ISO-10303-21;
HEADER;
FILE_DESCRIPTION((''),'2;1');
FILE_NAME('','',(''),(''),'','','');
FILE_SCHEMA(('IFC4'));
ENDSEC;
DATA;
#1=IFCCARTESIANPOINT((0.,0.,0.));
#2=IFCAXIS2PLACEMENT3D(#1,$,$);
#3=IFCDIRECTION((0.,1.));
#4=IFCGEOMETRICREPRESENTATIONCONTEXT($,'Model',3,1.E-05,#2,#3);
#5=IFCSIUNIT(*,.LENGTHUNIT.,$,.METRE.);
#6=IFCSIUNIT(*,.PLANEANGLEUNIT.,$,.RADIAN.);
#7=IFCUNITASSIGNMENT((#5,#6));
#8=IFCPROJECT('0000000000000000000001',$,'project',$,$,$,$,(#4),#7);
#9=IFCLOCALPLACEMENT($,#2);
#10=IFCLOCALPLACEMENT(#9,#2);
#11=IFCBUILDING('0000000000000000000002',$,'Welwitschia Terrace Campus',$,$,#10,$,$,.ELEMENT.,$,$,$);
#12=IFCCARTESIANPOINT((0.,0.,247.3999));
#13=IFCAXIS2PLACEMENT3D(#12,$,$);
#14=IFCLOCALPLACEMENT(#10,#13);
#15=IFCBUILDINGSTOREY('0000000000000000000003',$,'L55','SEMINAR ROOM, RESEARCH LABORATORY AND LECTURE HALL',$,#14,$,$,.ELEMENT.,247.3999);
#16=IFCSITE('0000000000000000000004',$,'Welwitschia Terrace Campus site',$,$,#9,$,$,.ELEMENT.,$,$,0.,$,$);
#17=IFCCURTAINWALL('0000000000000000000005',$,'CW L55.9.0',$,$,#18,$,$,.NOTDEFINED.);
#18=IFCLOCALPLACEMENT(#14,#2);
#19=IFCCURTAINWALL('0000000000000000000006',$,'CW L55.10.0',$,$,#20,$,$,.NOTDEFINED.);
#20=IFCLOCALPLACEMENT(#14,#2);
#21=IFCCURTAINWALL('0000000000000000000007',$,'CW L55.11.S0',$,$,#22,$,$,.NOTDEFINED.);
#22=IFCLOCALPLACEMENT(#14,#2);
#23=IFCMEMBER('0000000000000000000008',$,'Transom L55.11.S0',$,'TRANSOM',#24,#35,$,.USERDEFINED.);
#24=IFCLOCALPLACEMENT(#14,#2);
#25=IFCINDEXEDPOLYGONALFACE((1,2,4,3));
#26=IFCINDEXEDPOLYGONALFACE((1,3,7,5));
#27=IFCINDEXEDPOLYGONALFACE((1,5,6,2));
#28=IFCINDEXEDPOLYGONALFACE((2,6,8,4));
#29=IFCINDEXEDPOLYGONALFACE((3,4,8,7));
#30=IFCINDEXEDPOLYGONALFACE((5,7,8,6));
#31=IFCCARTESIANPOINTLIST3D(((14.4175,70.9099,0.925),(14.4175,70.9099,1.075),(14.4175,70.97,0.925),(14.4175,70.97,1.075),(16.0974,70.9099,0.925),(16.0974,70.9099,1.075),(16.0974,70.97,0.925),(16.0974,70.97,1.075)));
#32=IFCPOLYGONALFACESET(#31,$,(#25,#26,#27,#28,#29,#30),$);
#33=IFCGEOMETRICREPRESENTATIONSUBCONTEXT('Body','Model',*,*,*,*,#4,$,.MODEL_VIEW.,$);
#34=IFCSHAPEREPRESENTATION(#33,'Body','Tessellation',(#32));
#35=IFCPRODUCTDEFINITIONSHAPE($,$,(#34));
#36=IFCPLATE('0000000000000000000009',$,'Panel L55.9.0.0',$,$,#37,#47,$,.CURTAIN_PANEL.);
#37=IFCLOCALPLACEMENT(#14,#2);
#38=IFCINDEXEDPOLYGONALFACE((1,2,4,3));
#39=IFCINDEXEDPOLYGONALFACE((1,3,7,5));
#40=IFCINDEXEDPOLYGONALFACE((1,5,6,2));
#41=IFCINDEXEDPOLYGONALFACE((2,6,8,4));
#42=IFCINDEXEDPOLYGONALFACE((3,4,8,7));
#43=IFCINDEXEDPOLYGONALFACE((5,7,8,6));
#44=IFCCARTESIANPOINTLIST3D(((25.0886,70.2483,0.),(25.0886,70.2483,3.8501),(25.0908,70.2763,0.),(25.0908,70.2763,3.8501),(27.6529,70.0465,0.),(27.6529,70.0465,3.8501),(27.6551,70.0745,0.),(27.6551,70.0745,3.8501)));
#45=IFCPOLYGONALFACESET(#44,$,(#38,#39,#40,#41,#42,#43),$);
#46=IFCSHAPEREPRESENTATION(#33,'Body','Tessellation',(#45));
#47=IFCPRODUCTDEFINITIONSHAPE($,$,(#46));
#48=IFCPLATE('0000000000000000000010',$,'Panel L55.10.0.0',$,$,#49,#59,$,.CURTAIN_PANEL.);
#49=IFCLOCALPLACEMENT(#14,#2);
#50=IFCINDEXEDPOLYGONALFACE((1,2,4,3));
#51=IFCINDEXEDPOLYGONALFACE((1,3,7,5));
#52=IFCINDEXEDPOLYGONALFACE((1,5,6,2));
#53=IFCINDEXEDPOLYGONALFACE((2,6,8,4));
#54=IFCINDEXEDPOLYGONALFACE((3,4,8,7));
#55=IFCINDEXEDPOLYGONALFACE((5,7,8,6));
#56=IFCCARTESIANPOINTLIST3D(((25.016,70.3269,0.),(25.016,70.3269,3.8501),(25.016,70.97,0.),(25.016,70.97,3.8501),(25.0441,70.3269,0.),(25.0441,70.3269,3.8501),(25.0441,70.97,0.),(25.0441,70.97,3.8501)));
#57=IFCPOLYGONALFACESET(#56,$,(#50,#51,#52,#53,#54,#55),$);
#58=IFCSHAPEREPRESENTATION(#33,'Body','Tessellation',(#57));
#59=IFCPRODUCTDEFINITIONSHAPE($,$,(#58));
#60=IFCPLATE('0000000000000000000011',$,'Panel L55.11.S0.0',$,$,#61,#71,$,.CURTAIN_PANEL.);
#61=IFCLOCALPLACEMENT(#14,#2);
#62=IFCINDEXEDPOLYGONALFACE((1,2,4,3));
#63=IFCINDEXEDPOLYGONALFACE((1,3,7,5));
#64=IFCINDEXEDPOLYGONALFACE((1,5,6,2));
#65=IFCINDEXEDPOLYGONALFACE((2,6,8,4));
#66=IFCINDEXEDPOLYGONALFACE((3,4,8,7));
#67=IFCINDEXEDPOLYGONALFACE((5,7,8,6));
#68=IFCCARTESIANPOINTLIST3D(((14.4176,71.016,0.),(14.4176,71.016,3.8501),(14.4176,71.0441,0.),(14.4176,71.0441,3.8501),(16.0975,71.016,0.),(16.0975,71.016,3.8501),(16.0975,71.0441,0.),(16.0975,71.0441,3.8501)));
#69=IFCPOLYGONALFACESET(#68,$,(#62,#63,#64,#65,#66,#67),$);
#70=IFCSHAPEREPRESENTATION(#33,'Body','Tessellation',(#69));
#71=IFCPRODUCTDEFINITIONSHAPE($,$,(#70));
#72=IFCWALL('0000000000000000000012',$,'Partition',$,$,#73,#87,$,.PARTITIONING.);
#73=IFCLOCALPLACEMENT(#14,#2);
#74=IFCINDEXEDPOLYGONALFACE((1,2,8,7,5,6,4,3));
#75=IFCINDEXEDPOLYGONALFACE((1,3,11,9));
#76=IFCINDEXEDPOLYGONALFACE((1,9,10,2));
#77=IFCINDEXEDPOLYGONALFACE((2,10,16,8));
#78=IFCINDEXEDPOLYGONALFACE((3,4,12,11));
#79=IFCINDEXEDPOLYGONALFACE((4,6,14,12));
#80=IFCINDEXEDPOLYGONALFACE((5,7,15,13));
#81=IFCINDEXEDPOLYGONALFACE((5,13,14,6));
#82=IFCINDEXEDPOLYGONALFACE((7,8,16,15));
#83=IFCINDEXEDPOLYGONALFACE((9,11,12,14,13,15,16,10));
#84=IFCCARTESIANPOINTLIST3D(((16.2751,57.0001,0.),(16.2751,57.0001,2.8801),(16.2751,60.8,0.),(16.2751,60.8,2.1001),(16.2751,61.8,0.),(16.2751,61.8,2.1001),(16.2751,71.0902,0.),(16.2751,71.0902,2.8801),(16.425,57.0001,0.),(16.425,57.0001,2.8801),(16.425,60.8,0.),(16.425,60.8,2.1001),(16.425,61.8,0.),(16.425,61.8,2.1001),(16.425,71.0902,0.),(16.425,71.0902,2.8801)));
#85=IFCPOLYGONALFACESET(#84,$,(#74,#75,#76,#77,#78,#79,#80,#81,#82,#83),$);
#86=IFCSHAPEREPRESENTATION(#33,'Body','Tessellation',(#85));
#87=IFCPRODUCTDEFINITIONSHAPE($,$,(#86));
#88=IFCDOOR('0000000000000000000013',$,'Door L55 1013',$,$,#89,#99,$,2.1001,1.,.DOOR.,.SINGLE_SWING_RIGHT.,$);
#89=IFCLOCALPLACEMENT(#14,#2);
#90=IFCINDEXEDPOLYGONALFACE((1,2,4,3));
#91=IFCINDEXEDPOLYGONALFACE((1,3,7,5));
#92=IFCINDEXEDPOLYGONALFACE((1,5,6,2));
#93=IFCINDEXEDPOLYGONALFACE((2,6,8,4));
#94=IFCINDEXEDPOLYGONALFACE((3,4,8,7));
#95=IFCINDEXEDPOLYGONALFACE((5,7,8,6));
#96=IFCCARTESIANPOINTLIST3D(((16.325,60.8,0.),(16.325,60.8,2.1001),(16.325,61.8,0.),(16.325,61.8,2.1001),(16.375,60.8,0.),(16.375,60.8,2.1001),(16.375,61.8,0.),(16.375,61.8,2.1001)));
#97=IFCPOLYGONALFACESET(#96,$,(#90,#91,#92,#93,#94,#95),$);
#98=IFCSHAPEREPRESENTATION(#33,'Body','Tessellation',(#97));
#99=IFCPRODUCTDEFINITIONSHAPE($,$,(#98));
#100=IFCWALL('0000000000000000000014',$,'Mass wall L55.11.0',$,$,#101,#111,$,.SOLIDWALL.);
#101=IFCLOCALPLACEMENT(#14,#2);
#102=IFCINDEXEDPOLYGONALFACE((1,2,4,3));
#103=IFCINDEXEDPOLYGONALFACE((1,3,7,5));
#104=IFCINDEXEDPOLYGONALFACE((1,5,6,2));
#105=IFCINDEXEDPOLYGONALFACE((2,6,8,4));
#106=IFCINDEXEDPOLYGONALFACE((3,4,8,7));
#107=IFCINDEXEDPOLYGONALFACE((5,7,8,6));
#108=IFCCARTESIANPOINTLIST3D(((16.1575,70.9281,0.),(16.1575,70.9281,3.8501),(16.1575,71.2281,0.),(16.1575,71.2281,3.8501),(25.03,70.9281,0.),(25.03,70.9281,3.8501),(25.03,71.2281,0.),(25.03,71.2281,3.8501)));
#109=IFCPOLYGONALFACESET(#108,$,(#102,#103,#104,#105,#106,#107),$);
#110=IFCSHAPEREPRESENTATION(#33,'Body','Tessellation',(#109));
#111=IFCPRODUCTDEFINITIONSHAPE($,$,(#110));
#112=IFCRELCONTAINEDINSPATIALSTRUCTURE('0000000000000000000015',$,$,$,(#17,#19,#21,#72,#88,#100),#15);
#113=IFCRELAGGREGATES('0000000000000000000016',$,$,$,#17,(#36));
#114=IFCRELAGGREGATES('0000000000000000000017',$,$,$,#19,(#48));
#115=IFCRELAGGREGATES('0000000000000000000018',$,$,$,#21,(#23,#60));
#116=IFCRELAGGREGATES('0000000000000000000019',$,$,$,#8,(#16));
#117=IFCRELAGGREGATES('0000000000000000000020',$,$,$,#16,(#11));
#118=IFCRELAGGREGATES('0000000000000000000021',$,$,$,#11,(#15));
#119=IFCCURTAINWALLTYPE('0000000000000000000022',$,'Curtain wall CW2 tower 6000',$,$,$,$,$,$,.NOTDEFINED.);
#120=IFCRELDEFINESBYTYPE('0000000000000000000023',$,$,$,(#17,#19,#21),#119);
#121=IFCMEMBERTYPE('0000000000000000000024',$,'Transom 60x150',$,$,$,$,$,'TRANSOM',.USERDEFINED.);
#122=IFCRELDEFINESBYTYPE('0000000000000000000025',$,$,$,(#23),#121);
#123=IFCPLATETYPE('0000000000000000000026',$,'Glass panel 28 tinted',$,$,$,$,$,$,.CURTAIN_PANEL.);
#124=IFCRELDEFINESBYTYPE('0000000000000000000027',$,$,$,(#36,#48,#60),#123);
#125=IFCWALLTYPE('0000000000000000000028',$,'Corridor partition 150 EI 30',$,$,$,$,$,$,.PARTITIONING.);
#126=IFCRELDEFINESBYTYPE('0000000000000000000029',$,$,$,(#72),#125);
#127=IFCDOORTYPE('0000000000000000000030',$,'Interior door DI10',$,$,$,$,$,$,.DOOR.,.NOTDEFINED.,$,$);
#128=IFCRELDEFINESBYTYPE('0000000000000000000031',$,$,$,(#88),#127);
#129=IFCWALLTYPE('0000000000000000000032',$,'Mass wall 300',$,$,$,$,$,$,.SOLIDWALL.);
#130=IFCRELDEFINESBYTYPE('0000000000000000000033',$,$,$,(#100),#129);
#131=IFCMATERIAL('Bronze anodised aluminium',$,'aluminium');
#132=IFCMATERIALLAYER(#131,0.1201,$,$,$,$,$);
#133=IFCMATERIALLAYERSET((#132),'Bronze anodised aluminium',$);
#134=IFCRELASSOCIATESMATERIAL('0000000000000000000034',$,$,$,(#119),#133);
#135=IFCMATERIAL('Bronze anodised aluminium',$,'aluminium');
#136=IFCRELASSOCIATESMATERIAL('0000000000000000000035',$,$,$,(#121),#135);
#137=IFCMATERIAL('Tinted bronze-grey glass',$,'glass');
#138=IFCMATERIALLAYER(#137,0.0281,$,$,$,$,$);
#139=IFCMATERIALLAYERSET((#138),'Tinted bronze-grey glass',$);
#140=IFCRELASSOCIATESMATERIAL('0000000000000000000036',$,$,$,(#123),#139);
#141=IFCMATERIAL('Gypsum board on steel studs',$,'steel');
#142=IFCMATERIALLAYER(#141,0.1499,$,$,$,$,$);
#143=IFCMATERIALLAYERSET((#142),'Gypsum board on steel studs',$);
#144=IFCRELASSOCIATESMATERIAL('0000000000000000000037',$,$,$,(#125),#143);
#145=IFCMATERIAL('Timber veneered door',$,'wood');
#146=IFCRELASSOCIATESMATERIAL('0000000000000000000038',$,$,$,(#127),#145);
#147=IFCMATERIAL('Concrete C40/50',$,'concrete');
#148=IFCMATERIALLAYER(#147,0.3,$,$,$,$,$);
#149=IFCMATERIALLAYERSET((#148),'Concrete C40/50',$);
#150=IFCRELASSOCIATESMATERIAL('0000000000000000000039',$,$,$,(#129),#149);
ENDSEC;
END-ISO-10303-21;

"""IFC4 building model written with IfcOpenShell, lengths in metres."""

from ifc_helpers import new_model, si_unit, direction, frame, frame_2d, origin, origin_2d, place, context, subcontext, project, spatial, rectangle, extrude, material, layer, layer_set, material_profile, profile_set, type_object, element, fill, aggregate, save


model = new_model("IFC4")

# Units and contexts
model_context = context("Model", 3, precision=1e-05, world=origin(), true_north=direction((0.0, 1.0)))
body_context = subcontext(model_context, "Body", "Model", "MODEL_VIEW")
ifc_project = project(units=[si_unit("LENGTHUNIT", "METRE"), si_unit("PLANEANGLEUNIT", "RADIAN")], contexts=[model_context])

# Site, building, storey
site_placement = place(None, origin())
site = spatial("IfcSite", under=ifc_project, at=site_placement, Name="Welwitschia Terrace Campus site", CompositionType="ELEMENT", RefElevation=0.0)
building_placement = place(site_placement, origin())
building = spatial("IfcBuilding", under=site, at=building_placement, Name="Welwitschia Terrace Campus", CompositionType="ELEMENT")
storey_placement = place(building_placement, frame((0.0, 0.0, 247.3999)))
storey = spatial("IfcBuildingStorey", under=building, at=storey_placement, Name="L55", Description="SEMINAR ROOM, RESEARCH LABORATORY AND LECTURE HALL", CompositionType="ELEMENT", Elevation=247.3999)

# Shared definitions
ifc_material_1 = material(Name="Bronze anodised aluminium", Category="aluminium")
ifc_layer_1 = layer(ifc_material_1, 0.1201)
ifc_layer_set_1 = layer_set([ifc_layer_1], Name="Bronze anodised aluminium")
curtain_wall_type = type_object("IfcCurtainWallType", Name="Curtain wall CW2 tower 6000", PredefinedType="NOTDEFINED", material=ifc_layer_set_1)

# Curtain walls
curtain_wall_1_placement = place(storey_placement, origin())
curtain_wall_1 = element("IfcCurtainWall", 1, at=curtain_wall_1_placement, inside=storey, type_object=curtain_wall_type, Name="CW L55.9.0", PredefinedType="NOTDEFINED")
curtain_wall_2_placement = place(storey_placement, origin())
curtain_wall_2 = element("IfcCurtainWall", 2, at=curtain_wall_2_placement, inside=storey, type_object=curtain_wall_type, Name="CW L55.10.0", PredefinedType="NOTDEFINED")
curtain_wall_3_placement = place(storey_placement, origin())
curtain_wall_3 = element("IfcCurtainWall", 3, at=curtain_wall_3_placement, inside=storey, type_object=curtain_wall_type, Name="CW L55.11.S0", PredefinedType="NOTDEFINED")

# Member
ifc_material_2 = material(Name="Bronze anodised aluminium", Category="aluminium")
ifc_material_profile_1 = material_profile(ifc_material_2, rectangle(XDim=0.0601, YDim=0.1499, at=origin_2d()))
ifc_profile_set_1 = profile_set([ifc_material_profile_1], Name="Bronze anodised aluminium")
member_type_1 = type_object("IfcMemberType", Name="Transom 60x150", ElementType="TRANSOM", PredefinedType="USERDEFINED", material=ifc_profile_set_1)
member_1_placement = place(storey_placement, frame((16.0974, 70.9399, 1.0), z_axis=(-1.0, 0.0, 0.0), x_axis=(0.0, -1.0, 0.0)))
member_1 = element("IfcMember", 4, at=member_1_placement, type_object=member_type_1, Name="Transom L55.11.S0", ObjectType="TRANSOM", PredefinedType="USERDEFINED", context=body_context, shape_type="SweptSolid", body=[
    extrude(rectangle(XDim=0.0601, YDim=0.1499, at=origin_2d()), origin(), (0.0, 0.0, 1.0), 1.6799),
])

# Plates
ifc_material_3 = material(Name="Tinted bronze-grey glass", Category="glass")
ifc_layer_2 = layer(ifc_material_3, 0.0281)
ifc_layer_set_2 = layer_set([ifc_layer_2], Name="Tinted bronze-grey glass")
plate_type = type_object("IfcPlateType", Name="Glass panel 28 tinted", PredefinedType="CURTAIN_PANEL", material=ifc_layer_set_2)
plate_1_placement = place(storey_placement, frame((26.3718, 70.1614, 0.0), z_axis=(0.0, 0.0, 1.0), x_axis=(-0.996917, 0.078459, 0.0)))
plate_1 = element("IfcPlate", 5, at=plate_1_placement, type_object=plate_type, Name="Panel L55.9.0.0", PredefinedType="CURTAIN_PANEL", context=body_context, shape_type="SweptSolid", body=[
    extrude(rectangle(XDim=2.5723, YDim=0.0281, at=origin_2d()), origin(), (0.0, 0.0, 1.0), 3.8501),
])
aggregate(curtain_wall_1, [plate_1])
plate_2_placement = place(storey_placement, frame((25.03, 70.6484, 0.0), z_axis=(0.0, 0.0, 1.0), x_axis=(0.0, 1.0, 0.0)))
plate_2 = element("IfcPlate", 6, at=plate_2_placement, type_object=plate_type, Name="Panel L55.10.0.0", PredefinedType="CURTAIN_PANEL", context=body_context, shape_type="SweptSolid", body=[
    extrude(rectangle(XDim=0.6431, YDim=0.0281, at=origin_2d()), origin(), (0.0, 0.0, 1.0), 3.8501),
])
aggregate(curtain_wall_2, [plate_2])
plate_3_placement = place(storey_placement, frame((15.2576, 71.03, 0.0), z_axis=(0.0, 0.0, 1.0), x_axis=(-1.0, 0.0, 0.0)))
plate_3 = element("IfcPlate", 7, at=plate_3_placement, type_object=plate_type, Name="Panel L55.11.S0.0", PredefinedType="CURTAIN_PANEL", context=body_context, shape_type="SweptSolid", body=[
    extrude(rectangle(XDim=1.6799, YDim=0.0281, at=origin_2d()), origin(), (0.0, 0.0, 1.0), 3.8501),
])
aggregate(curtain_wall_3, [member_1, plate_3])

# Wall, opening, door
ifc_material_4 = material(Name="Gypsum board on steel studs", Category="steel")
ifc_layer_3 = layer(ifc_material_4, 0.1499)
ifc_layer_set_3 = layer_set([ifc_layer_3], Name="Gypsum board on steel studs")
wall_type_1 = type_object("IfcWallType", Name="Corridor partition 150 EI 30", PredefinedType="PARTITIONING", material=ifc_layer_set_3)
wall_1_placement = place(storey_placement, frame((16.3501, 71.0901, 0.0), z_axis=(0.0, 0.0, 1.0), x_axis=(0.0, -1.0, 0.0)))
wall_1 = element("IfcWall", 8, at=wall_1_placement, inside=storey, type_object=wall_type_1, Name="Partition", PredefinedType="PARTITIONING", context=body_context, shape_type="SweptSolid", body=[
    extrude(rectangle(XDim=14.0901, YDim=0.1499, at=frame_2d((7.0449, 0.0))), origin(), (0.0, 0.0, 1.0), 2.8801),
])
opening_placement = place(wall_1_placement, frame((9.29, 0.0, 0.0)))
opening = element("IfcOpeningElement", 9, at=opening_placement, cuts=wall_1, PredefinedType="OPENING", context=body_context, shape_type="SweptSolid", body=[
    extrude(rectangle(XDim=1.0, YDim=2.1001, at=frame_2d((0.5, 1.05))), frame((0.0, 0.085, 0.0), z_axis=(0.0, -1.0, 0.0), x_axis=(1.0, 0.0, 0.0)), (0.0, 0.0, 1.0), 0.1699),
])
ifc_material_5 = material(Name="Timber veneered door", Category="wood")
door_type = type_object("IfcDoorType", Name="Interior door DI10", OperationType="NOTDEFINED", PredefinedType="DOOR", material=ifc_material_5)
door_placement = place(opening_placement, origin())
door = element("IfcDoor", 10, at=door_placement, inside=storey, type_object=door_type, Name="Door L55 1013", OperationType="SINGLE_SWING_RIGHT", OverallHeight=2.1001, OverallWidth=1.0, PredefinedType="DOOR", context=body_context, shape_type="SweptSolid", body=[
    extrude(rectangle(XDim=1.0, YDim=2.1001, at=frame_2d((0.5, 1.05))), frame((0.0, 0.0249, 0.0), z_axis=(0.0, -1.0, 0.0), x_axis=(1.0, 0.0, 0.0)), (0.0, 0.0, 1.0), 0.05),
])
fill(opening, door)

# Wall
ifc_material_6 = material(Name="Concrete C40/50", Category="concrete")
ifc_layer_4 = layer(ifc_material_6, 0.3)
ifc_layer_set_4 = layer_set([ifc_layer_4], Name="Concrete C40/50")
wall_type_2 = type_object("IfcWallType", Name="Mass wall 300", PredefinedType="SOLIDWALL", material=ifc_layer_set_4)
wall_2_placement = place(storey_placement, frame((25.03, 71.0781, 0.0), z_axis=(0.0, 0.0, 1.0), x_axis=(-1.0, 0.0, 0.0)))
element("IfcWall", 11, at=wall_2_placement, inside=storey, type_object=wall_type_2, Name="Mass wall L55.11.0", PredefinedType="SOLIDWALL", context=body_context, shape_type="SweptSolid", body=[
    extrude(rectangle(XDim=8.8726, YDim=0.3, at=frame_2d((4.4363, 0.0))), origin(), (0.0, 0.0, 1.0), 3.8501),
])

save(model, "model.ifc")
